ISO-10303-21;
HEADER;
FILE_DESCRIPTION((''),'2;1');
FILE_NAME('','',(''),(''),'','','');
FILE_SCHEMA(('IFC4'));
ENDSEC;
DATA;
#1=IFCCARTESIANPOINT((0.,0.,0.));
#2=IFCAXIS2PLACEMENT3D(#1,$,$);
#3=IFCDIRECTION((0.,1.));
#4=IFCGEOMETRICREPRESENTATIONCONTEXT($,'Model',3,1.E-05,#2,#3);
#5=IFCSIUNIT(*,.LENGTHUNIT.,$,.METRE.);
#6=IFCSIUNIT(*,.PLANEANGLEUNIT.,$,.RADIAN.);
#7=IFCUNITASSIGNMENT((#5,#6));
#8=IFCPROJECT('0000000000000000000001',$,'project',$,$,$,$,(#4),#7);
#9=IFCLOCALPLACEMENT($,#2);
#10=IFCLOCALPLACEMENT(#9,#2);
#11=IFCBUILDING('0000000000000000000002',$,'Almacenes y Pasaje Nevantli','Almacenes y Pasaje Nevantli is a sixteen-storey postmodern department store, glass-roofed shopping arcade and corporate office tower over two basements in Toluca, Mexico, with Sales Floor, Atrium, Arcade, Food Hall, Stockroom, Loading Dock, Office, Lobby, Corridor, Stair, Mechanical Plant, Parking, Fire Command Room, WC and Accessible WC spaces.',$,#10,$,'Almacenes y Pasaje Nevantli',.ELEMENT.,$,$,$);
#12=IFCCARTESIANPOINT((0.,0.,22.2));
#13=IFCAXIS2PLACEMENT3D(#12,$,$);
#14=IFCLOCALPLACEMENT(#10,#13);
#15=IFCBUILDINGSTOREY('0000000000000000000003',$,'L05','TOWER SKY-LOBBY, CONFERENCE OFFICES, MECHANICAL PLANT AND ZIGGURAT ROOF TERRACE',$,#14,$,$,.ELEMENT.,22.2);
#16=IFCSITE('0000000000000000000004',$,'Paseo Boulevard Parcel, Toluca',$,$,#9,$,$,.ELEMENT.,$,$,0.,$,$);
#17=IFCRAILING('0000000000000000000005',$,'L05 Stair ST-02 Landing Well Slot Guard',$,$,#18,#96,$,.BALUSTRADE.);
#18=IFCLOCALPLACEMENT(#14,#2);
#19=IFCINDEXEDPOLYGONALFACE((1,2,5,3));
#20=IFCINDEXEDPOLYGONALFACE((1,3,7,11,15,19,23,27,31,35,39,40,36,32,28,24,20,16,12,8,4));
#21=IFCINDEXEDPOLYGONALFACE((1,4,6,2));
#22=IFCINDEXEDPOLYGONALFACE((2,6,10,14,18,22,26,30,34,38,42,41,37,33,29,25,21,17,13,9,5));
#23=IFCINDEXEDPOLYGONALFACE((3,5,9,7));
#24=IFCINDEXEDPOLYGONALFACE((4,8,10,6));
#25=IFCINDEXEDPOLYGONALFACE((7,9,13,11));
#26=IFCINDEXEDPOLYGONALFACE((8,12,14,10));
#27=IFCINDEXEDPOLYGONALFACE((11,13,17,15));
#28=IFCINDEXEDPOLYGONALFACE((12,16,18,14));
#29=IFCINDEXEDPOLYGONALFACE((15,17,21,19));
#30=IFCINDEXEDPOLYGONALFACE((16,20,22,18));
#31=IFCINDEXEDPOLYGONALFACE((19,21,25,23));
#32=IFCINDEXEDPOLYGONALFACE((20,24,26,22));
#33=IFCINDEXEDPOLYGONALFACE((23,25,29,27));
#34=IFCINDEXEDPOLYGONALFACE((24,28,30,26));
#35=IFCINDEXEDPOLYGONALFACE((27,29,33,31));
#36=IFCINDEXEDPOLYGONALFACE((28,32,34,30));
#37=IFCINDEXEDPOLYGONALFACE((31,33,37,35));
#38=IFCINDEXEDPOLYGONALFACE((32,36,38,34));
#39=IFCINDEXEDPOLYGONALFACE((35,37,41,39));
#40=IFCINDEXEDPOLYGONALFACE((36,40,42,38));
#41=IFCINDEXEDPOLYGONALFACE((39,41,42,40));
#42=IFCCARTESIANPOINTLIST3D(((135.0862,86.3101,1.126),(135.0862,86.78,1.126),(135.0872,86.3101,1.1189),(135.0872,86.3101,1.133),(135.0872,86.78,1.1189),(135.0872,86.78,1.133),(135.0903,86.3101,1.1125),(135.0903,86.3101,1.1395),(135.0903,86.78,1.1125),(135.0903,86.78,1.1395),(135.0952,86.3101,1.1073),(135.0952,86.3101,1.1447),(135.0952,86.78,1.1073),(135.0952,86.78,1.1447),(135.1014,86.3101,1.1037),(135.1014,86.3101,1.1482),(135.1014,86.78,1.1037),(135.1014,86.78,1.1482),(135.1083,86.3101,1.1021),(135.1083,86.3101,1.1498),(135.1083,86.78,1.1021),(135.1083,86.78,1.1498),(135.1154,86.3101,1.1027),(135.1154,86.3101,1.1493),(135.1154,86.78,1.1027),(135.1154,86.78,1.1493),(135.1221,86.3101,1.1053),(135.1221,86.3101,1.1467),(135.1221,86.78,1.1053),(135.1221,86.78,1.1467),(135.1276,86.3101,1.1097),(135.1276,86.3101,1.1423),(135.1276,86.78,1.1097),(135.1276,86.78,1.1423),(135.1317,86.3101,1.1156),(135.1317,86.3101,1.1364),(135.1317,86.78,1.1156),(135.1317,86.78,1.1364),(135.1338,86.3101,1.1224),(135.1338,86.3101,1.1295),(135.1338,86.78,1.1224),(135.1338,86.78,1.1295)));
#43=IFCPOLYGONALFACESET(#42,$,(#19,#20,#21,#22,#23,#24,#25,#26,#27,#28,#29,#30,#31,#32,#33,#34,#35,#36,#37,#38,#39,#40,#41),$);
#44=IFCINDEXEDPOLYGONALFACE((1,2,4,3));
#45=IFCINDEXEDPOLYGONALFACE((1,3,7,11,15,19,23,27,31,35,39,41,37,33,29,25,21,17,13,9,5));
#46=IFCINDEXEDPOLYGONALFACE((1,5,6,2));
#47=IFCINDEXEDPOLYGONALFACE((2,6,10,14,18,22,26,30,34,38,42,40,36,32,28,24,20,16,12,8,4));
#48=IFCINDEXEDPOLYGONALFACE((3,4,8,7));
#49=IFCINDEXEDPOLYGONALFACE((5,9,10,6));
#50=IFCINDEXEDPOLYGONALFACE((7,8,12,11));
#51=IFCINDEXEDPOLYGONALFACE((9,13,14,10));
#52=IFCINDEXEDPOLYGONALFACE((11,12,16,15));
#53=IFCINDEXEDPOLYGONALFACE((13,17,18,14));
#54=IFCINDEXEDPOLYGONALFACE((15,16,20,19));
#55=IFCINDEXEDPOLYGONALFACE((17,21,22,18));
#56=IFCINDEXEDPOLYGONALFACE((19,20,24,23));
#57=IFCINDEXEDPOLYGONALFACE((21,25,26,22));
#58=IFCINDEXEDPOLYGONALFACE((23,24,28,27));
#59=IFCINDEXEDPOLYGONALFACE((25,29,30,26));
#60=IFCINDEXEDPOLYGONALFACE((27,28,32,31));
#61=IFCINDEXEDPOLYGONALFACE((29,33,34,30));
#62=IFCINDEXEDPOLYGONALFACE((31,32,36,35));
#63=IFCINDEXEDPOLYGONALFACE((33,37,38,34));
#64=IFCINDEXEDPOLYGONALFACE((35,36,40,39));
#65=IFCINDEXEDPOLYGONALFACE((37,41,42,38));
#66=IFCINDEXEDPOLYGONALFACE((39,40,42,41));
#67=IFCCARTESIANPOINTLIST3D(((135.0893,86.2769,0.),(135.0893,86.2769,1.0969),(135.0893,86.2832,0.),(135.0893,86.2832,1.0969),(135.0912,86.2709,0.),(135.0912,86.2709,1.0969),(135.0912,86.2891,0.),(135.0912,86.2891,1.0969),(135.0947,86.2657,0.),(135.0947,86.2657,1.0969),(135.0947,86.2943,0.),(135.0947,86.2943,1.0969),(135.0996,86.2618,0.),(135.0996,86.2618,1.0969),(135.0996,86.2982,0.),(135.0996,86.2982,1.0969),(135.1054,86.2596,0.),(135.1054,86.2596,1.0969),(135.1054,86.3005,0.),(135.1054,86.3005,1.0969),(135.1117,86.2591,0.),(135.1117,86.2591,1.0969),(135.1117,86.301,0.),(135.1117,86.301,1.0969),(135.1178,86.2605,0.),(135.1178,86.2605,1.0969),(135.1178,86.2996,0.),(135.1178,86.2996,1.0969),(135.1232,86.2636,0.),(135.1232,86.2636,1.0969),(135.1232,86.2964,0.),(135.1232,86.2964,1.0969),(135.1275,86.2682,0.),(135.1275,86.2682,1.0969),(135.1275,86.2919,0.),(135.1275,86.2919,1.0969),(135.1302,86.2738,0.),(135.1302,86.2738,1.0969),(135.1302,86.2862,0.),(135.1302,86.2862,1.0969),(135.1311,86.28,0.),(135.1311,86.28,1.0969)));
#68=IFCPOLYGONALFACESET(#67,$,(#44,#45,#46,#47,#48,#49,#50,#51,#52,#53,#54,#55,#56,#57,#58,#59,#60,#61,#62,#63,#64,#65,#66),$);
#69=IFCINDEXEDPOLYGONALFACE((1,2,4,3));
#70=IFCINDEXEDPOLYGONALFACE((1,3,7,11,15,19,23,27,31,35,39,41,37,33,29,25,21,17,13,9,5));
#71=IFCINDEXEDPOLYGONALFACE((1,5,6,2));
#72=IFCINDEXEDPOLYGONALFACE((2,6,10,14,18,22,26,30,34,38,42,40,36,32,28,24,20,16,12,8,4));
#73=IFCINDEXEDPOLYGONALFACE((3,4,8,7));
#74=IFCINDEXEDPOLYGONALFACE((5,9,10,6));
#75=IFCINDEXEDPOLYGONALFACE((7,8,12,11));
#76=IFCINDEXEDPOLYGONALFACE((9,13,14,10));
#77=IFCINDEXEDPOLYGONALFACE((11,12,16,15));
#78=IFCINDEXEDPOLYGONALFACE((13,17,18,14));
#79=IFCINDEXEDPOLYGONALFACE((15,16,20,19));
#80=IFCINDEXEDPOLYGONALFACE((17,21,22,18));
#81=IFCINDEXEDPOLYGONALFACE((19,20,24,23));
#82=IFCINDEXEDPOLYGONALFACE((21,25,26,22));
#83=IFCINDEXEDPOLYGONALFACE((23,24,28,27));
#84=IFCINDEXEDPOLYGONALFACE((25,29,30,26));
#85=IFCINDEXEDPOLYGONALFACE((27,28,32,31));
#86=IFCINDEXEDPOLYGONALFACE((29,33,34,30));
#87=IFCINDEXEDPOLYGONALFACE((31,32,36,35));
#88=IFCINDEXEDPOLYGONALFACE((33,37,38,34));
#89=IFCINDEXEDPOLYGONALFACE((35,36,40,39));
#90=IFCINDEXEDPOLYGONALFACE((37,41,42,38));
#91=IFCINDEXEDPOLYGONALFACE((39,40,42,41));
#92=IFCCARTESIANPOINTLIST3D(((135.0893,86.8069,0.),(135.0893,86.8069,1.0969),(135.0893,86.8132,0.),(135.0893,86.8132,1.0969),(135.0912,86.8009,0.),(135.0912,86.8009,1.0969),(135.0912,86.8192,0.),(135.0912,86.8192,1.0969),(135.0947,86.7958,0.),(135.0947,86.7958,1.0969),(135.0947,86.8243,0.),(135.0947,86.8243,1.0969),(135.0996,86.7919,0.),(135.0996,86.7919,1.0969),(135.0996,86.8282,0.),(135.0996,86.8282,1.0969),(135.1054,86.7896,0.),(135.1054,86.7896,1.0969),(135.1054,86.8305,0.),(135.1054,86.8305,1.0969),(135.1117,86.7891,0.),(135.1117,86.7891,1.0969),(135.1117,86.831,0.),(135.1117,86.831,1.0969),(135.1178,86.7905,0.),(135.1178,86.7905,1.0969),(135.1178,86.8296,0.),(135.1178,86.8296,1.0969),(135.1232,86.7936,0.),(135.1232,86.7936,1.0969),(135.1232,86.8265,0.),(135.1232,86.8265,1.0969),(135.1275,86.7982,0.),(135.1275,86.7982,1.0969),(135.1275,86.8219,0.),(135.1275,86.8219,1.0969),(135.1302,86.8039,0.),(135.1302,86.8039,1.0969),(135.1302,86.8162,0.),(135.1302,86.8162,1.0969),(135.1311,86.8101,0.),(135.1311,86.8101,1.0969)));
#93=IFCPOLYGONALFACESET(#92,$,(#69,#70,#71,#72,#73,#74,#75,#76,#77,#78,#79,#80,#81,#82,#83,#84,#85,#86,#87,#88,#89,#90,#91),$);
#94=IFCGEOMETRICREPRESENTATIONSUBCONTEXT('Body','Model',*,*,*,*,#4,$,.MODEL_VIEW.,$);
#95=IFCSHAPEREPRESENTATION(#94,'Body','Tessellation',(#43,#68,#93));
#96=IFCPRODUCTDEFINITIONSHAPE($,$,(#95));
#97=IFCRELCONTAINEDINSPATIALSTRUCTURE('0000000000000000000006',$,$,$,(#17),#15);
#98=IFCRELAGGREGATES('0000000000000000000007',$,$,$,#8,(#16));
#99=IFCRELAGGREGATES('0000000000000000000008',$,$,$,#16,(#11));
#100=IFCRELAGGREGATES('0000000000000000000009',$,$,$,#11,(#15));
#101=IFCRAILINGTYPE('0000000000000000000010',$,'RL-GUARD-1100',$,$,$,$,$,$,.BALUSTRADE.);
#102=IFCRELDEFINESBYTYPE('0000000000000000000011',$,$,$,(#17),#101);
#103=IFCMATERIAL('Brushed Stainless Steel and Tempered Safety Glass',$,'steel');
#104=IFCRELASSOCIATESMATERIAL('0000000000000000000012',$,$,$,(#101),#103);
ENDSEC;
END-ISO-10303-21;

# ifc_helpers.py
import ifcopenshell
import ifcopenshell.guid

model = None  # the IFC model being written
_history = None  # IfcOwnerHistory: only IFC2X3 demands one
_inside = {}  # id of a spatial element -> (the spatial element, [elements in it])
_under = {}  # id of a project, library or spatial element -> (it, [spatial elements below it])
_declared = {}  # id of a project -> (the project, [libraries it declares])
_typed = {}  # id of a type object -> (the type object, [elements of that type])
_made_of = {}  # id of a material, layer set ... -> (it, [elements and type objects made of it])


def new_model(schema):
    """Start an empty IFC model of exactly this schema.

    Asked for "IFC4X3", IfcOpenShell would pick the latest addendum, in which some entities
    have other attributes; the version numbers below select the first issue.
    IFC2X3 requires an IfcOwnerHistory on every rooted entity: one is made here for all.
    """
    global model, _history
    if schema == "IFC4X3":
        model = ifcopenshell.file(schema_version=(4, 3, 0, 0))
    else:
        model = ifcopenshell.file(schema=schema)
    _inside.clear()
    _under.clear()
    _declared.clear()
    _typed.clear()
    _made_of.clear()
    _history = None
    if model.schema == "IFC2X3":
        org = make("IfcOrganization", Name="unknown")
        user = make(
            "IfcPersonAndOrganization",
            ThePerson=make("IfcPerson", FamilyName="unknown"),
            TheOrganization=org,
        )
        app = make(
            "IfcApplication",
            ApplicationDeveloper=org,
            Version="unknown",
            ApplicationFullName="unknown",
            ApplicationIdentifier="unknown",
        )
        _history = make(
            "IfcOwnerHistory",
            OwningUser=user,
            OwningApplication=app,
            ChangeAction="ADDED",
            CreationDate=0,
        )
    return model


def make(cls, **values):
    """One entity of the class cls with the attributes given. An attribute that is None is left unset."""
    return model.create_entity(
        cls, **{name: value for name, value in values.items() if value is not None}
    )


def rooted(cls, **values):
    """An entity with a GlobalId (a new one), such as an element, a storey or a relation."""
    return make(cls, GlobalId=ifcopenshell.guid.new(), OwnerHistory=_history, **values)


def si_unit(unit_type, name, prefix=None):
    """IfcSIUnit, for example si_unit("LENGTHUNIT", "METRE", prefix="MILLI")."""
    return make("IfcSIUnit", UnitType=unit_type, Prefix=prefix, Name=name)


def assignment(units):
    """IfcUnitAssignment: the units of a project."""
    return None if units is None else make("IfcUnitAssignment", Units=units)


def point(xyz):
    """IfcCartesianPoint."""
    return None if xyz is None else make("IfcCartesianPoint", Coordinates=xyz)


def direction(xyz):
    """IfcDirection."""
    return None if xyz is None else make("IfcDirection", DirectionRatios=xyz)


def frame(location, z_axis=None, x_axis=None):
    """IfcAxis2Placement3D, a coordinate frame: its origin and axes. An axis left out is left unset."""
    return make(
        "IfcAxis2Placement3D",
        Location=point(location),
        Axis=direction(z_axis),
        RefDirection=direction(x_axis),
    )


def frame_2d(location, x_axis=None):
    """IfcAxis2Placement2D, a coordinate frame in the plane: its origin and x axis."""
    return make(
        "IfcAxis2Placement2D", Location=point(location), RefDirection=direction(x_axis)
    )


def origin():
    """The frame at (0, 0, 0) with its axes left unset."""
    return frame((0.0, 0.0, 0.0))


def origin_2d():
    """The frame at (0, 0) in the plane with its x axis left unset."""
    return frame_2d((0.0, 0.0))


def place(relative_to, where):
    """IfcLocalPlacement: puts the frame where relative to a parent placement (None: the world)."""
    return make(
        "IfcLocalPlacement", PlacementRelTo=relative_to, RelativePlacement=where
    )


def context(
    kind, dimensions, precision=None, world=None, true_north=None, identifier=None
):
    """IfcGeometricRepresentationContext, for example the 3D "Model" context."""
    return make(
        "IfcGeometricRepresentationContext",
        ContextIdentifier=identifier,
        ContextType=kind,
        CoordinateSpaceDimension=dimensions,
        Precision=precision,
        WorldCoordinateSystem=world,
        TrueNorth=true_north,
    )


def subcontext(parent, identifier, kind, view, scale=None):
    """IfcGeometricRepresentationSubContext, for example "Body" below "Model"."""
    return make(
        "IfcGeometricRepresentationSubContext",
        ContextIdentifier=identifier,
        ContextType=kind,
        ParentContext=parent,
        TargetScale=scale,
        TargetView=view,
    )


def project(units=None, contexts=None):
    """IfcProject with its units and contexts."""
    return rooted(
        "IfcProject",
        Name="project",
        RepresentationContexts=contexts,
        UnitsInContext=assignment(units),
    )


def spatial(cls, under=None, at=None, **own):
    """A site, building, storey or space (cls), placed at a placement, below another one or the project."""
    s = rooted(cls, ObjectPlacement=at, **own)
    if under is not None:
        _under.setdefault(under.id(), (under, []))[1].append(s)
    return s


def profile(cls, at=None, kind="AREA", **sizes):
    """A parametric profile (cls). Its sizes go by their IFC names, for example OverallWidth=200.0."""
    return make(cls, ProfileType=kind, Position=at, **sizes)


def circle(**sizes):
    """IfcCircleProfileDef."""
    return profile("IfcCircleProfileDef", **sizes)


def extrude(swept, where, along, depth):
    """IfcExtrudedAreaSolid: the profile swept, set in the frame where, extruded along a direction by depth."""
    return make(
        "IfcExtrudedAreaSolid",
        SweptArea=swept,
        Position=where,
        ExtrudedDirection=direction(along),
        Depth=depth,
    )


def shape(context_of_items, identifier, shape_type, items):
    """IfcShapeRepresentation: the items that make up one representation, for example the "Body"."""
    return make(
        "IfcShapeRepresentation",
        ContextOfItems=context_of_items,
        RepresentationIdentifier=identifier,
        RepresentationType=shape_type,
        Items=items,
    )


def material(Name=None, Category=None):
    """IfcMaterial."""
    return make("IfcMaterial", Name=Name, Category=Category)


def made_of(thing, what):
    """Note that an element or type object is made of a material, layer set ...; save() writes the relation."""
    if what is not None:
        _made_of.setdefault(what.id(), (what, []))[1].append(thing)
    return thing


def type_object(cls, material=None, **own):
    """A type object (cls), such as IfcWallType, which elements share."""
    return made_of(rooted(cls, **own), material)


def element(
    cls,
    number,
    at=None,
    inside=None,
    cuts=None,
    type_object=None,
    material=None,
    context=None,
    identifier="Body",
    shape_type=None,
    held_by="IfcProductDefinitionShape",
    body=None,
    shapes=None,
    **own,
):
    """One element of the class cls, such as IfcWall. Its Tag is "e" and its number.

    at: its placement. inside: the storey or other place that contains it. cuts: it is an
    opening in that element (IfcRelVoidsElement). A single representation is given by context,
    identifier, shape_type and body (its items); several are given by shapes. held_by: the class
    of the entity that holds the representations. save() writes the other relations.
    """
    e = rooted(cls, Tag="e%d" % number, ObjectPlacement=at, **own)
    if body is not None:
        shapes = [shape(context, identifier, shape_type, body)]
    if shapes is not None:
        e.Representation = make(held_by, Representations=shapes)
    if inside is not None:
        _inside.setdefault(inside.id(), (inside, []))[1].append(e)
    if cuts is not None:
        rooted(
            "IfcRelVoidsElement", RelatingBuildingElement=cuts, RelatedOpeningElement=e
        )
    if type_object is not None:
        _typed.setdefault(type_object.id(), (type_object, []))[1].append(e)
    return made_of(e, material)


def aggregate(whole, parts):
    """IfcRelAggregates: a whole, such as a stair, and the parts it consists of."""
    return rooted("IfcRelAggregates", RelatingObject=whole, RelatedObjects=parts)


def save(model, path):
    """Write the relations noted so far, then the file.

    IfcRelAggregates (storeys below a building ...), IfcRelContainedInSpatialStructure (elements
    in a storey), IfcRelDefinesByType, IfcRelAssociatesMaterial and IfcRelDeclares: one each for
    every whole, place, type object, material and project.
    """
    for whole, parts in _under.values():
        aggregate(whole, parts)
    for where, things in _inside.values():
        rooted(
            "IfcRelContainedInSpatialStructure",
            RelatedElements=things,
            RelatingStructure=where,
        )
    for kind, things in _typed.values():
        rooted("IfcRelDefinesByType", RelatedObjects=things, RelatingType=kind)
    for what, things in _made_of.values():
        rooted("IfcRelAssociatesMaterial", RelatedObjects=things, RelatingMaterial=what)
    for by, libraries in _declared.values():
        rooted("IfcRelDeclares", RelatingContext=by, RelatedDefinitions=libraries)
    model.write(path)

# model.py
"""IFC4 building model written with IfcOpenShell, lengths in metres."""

from ifc_helpers import new_model, si_unit, direction, frame, origin, origin_2d, place, context, subcontext, project, spatial, circle, extrude, material, type_object, element, save


model = new_model("IFC4")

# Units and contexts
model_context = context("Model", 3, precision=1e-05, world=origin(), true_north=direction((0.0, 1.0)))
body_context = subcontext(model_context, "Body", "Model", "MODEL_VIEW")
ifc_project = project(units=[si_unit("LENGTHUNIT", "METRE"), si_unit("PLANEANGLEUNIT", "RADIAN")], contexts=[model_context])

# Site, building, storey
site_placement = place(None, origin())
site = spatial("IfcSite", under=ifc_project, at=site_placement, Name="Paseo Boulevard Parcel, Toluca", CompositionType="ELEMENT", RefElevation=0.0)
building_placement = place(site_placement, origin())
building = spatial("IfcBuilding", under=site, at=building_placement, Name="Almacenes y Pasaje Nevantli", Description="Almacenes y Pasaje Nevantli is a sixteen-storey postmodern department store, glass-roofed shopping arcade and corporate office tower over two basements in Toluca, Mexico, with Sales Floor, Atrium, Arcade, Food Hall, Stockroom, Loading Dock, Office, Lobby, Corridor, Stair, Mechanical Plant, Parking, Fire Command Room, WC and Accessible WC spaces.", LongName="Almacenes y Pasaje Nevantli", CompositionType="ELEMENT")
storey_placement = place(building_placement, frame((0.0, 0.0, 22.2)))
storey = spatial("IfcBuildingStorey", under=building, at=storey_placement, Name="L05", Description="TOWER SKY-LOBBY, CONFERENCE OFFICES, MECHANICAL PLANT AND ZIGGURAT ROOF TERRACE", CompositionType="ELEMENT", Elevation=22.2)

# Railing
ifc_material_1 = material(Name="Brushed Stainless Steel and Tempered Safety Glass", Category="steel")
railing_type = type_object("IfcRailingType", Name="RL-GUARD-1100", PredefinedType="BALUSTRADE", material=ifc_material_1)
railing_1_placement = place(storey_placement, frame((135.1101, 86.28, 0.0)))
element("IfcRailing", 1, at=railing_1_placement, inside=storey, type_object=railing_type, Name="L05 Stair ST-02 Landing Well Slot Guard", PredefinedType="BALUSTRADE", context=body_context, shape_type="SweptSolid", body=[
    extrude(circle(Radius=0.0239, at=origin_2d()), frame((0.0, 0.03, 1.126), z_axis=(0.0, 1.0, 0.0), x_axis=(-1.0, 0.0, 0.0)), (0.0, 0.0, 1.0), 0.47),
    extrude(circle(Radius=0.021, at=origin_2d()), origin(), (0.0, 0.0, 1.0), 1.0969),
    extrude(circle(Radius=0.021, at=origin_2d()), frame((0.0, 0.53, 0.0)), (0.0, 0.0, 1.0), 1.0969),
])

save(model, "model.ifc")
